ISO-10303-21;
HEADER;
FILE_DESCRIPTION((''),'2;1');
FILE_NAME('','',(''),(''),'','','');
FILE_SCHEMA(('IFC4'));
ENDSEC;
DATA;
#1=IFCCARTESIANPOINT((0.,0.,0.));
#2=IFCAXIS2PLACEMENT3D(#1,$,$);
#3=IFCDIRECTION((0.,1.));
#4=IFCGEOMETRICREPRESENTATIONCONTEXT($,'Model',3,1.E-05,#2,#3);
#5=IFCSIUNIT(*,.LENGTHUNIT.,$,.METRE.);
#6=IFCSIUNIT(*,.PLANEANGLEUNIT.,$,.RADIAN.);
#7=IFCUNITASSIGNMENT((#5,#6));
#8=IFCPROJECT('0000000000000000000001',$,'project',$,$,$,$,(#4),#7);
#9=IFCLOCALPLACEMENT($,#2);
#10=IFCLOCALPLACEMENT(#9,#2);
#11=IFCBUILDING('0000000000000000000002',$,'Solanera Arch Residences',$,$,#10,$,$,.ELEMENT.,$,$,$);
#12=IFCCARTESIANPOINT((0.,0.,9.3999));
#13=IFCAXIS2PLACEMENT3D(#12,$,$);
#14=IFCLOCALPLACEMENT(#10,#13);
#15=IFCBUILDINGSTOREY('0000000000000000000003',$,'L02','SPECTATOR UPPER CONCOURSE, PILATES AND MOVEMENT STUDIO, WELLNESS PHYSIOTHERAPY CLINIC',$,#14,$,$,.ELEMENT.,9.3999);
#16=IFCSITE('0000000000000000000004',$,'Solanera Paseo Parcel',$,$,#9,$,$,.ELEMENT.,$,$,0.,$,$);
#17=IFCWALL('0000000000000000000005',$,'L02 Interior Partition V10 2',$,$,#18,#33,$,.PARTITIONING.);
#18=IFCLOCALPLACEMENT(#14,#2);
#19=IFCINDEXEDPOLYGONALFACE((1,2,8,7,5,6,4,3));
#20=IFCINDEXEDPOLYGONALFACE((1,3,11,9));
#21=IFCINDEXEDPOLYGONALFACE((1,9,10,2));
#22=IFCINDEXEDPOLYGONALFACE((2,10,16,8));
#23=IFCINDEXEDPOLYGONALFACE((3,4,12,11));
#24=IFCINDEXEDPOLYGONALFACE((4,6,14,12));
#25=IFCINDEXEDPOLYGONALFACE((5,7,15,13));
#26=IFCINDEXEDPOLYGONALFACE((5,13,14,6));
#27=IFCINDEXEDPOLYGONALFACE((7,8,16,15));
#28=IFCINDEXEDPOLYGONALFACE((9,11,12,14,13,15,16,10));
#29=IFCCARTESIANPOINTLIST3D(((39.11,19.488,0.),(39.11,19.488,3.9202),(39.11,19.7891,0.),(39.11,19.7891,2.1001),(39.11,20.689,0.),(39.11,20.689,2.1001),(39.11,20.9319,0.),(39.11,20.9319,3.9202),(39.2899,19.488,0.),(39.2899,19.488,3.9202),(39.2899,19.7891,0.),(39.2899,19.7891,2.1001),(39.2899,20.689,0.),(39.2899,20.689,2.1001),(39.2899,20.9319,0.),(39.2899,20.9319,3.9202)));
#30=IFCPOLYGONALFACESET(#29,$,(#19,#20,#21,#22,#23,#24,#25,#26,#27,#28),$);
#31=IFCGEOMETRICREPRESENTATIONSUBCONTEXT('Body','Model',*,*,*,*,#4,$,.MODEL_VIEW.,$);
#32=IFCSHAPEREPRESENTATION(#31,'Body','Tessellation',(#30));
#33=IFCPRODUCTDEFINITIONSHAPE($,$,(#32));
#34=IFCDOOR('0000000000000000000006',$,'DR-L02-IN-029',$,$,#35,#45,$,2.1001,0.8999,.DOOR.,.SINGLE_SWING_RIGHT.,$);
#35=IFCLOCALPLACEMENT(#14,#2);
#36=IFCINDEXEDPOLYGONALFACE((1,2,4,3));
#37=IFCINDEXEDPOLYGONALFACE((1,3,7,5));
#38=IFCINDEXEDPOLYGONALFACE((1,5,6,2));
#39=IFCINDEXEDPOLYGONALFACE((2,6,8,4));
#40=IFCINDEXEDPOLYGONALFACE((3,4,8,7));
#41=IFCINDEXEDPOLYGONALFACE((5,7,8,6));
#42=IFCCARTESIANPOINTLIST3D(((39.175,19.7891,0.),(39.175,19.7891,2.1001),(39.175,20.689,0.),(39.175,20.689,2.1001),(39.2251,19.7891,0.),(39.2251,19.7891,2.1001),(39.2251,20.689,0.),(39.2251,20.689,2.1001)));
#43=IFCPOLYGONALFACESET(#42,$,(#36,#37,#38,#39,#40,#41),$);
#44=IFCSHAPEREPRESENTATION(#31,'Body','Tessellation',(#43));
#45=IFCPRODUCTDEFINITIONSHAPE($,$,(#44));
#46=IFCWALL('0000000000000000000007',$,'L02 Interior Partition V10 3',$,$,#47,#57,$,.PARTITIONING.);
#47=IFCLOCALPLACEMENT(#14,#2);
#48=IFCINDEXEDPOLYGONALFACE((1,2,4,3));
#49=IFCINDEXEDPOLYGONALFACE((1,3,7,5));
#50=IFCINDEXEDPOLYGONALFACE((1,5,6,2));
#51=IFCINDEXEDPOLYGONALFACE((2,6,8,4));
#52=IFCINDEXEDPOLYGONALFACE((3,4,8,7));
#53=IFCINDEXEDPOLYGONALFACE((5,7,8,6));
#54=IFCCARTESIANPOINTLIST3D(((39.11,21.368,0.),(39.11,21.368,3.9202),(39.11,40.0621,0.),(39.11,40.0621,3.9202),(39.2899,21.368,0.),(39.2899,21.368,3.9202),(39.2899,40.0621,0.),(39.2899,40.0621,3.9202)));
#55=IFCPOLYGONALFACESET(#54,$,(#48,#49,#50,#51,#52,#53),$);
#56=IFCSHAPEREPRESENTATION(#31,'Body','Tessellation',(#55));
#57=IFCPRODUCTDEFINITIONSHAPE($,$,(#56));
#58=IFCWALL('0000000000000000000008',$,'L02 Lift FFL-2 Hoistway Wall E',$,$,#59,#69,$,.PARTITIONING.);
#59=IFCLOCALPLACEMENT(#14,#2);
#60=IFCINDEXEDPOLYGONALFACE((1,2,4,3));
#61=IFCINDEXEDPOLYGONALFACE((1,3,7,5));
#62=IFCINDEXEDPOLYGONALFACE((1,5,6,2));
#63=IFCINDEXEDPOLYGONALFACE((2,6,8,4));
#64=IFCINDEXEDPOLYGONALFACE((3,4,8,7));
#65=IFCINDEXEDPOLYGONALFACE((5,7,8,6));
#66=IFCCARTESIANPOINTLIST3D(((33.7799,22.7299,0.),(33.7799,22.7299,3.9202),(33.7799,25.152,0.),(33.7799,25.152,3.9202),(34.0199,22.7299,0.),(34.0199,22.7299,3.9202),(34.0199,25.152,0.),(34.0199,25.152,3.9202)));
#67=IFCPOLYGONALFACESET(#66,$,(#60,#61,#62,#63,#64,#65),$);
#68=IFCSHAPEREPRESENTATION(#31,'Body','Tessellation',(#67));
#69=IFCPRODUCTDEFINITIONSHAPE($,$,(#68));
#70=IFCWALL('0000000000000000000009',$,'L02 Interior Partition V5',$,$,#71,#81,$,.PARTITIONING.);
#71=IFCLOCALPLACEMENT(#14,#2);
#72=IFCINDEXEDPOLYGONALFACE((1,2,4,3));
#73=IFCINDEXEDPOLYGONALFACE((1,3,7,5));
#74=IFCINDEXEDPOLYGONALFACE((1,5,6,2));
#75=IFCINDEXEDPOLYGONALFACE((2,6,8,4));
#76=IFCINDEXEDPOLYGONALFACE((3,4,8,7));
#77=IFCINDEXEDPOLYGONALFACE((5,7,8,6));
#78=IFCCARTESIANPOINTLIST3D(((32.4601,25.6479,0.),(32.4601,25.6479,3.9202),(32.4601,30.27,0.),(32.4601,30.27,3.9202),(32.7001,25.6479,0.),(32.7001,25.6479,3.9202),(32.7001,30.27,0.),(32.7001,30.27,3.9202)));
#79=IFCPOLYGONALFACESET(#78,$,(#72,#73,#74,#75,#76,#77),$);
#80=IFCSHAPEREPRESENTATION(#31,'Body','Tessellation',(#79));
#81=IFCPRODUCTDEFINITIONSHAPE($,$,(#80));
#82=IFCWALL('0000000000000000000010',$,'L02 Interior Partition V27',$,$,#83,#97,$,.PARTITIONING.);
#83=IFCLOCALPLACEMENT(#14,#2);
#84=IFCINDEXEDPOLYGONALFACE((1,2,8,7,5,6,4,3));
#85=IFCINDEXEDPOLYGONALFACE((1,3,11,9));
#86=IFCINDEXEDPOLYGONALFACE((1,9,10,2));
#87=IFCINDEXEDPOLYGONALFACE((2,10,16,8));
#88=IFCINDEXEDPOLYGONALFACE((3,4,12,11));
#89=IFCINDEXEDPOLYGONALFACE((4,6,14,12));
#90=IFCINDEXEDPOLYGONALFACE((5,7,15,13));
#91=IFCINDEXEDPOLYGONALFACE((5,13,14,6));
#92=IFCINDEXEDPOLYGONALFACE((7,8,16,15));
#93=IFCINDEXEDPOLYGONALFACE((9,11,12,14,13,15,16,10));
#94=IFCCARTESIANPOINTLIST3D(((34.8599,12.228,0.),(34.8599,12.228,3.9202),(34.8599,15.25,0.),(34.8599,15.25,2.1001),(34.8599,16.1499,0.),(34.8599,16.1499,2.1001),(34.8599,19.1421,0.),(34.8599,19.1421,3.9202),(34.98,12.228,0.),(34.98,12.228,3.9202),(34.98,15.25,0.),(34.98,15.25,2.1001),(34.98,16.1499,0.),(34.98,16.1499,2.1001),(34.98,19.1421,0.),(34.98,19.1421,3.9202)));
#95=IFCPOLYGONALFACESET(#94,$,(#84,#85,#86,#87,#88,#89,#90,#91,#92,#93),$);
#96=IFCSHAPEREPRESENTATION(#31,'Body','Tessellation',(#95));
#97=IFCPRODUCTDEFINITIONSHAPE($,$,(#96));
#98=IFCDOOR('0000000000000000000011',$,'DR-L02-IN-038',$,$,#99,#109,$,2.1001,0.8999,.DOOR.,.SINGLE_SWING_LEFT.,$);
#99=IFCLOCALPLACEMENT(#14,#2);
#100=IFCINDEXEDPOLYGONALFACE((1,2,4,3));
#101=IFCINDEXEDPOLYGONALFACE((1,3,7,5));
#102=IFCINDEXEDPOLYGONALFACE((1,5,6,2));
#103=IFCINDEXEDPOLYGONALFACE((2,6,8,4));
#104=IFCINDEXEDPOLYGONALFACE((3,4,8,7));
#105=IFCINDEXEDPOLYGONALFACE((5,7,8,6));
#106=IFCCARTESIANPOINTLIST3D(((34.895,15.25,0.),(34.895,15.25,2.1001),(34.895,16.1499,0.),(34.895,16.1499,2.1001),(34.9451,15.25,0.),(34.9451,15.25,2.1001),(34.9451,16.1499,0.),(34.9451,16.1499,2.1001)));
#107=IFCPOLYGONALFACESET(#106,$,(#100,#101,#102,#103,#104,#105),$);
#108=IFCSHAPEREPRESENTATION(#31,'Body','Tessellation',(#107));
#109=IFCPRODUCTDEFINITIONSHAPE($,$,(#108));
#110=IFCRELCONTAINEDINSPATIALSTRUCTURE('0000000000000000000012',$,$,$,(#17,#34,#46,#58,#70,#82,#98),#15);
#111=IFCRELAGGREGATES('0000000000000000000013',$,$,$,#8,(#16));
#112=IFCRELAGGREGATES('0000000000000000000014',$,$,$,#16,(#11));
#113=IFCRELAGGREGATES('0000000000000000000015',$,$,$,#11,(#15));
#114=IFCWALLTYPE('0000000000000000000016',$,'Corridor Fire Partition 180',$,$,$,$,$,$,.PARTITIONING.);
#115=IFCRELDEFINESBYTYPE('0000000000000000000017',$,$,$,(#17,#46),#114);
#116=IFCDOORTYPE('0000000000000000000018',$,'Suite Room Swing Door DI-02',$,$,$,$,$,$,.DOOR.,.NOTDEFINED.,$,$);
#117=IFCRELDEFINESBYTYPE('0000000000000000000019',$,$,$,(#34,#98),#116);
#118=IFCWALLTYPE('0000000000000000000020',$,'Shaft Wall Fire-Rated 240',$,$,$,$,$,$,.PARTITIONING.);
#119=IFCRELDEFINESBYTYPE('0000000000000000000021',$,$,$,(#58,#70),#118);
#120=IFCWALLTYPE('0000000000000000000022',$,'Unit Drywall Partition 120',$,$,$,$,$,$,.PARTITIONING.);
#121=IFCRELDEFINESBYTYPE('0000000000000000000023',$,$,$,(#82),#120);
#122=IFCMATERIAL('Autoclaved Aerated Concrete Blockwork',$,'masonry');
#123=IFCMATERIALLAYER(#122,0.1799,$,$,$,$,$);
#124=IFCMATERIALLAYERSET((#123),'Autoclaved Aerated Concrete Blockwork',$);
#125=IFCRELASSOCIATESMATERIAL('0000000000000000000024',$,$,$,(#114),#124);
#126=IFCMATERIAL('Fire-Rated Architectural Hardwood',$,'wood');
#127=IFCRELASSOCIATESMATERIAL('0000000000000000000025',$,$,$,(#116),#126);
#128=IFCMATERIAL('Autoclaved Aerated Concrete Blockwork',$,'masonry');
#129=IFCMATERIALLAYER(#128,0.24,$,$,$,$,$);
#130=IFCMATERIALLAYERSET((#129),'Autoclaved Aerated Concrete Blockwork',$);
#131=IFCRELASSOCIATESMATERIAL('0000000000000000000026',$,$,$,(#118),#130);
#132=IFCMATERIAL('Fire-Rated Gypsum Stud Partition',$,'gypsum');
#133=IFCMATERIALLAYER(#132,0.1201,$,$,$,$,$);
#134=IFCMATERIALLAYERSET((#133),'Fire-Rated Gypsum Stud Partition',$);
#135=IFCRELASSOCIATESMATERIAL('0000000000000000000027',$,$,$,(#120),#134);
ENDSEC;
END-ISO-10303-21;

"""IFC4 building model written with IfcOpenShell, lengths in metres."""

from ifc_helpers import new_model, si_unit, direction, frame, frame_2d, origin, place, context, subcontext, project, spatial, rectangle, extrude, material, layer, layer_set, type_object, element, fill, save


model = new_model("IFC4")

# Units and contexts
model_context = context("Model", 3, precision=1e-05, world=origin(), true_north=direction((0.0, 1.0)))
body_context = subcontext(model_context, "Body", "Model", "MODEL_VIEW")
ifc_project = project(units=[si_unit("LENGTHUNIT", "METRE"), si_unit("PLANEANGLEUNIT", "RADIAN")], contexts=[model_context])

# Site, building, storey
site_placement = place(None, origin())
site = spatial("IfcSite", under=ifc_project, at=site_placement, Name="Solanera Paseo Parcel", CompositionType="ELEMENT", RefElevation=0.0)
building_placement = place(site_placement, origin())
building = spatial("IfcBuilding", under=site, at=building_placement, Name="Solanera Arch Residences", CompositionType="ELEMENT")
storey_placement = place(building_placement, frame((0.0, 0.0, 9.3999)))
storey = spatial("IfcBuildingStorey", under=building, at=storey_placement, Name="L02", Description="SPECTATOR UPPER CONCOURSE, PILATES AND MOVEMENT STUDIO, WELLNESS PHYSIOTHERAPY CLINIC", CompositionType="ELEMENT", Elevation=9.3999)

# Shared definitions
ifc_material_1 = material(Name="Autoclaved Aerated Concrete Blockwork", Category="masonry")
ifc_layer_1 = layer(ifc_material_1, 0.1799)
ifc_layer_set_1 = layer_set([ifc_layer_1], Name="Autoclaved Aerated Concrete Blockwork")
wall_type_1 = type_object("IfcWallType", Name="Corridor Fire Partition 180", PredefinedType="PARTITIONING", material=ifc_layer_set_1)

# Wall, opening, door
wall_1_placement = place(storey_placement, frame((39.2, 19.488, 0.0), z_axis=(0.0, 0.0, 1.0), x_axis=(0.0, 1.0, 0.0)))
wall_1 = element("IfcWall", 1, at=wall_1_placement, inside=storey, type_object=wall_type_1, Name="L02 Interior Partition V10 2", PredefinedType="PARTITIONING", context=body_context, shape_type="SweptSolid", body=[
    extrude(rectangle(XDim=1.4438, YDim=0.1799, at=frame_2d((0.7219, 0.0))), origin(), (0.0, 0.0, 1.0), 3.9202),
])
opening_1_placement = place(wall_1_placement, frame((0.301, 0.0, 0.0)))
opening_1 = element("IfcOpeningElement", 2, at=opening_1_placement, cuts=wall_1, PredefinedType="OPENING", context=body_context, shape_type="SweptSolid", body=[
    extrude(rectangle(XDim=0.8999, YDim=2.1001, at=frame_2d((0.45, 1.05))), frame((0.0, 0.1001, 0.0), z_axis=(0.0, -1.0, 0.0), x_axis=(1.0, 0.0, 0.0)), (0.0, 0.0, 1.0), 0.1999),
])
ifc_material_2 = material(Name="Fire-Rated Architectural Hardwood", Category="wood")
door_type = type_object("IfcDoorType", Name="Suite Room Swing Door DI-02", OperationType="NOTDEFINED", PredefinedType="DOOR", material=ifc_material_2)
door_1_placement = place(opening_1_placement, origin())
door_1 = element("IfcDoor", 3, at=door_1_placement, inside=storey, type_object=door_type, Name="DR-L02-IN-029", OperationType="SINGLE_SWING_RIGHT", OverallHeight=2.1001, OverallWidth=0.8999, PredefinedType="DOOR", context=body_context, shape_type="SweptSolid", body=[
    extrude(rectangle(XDim=0.8999, YDim=2.1001, at=frame_2d((0.45, 1.05))), frame((0.0, 0.0249, 0.0), z_axis=(0.0, -1.0, 0.0), x_axis=(1.0, 0.0, 0.0)), (0.0, 0.0, 1.0), 0.05),
])
fill(opening_1, door_1)

# Walls
wall_2_placement = place(storey_placement, frame((39.2, 21.3679, 0.0), z_axis=(0.0, 0.0, 1.0), x_axis=(0.0, 1.0, 0.0)))
element("IfcWall", 4, at=wall_2_placement, inside=storey, type_object=wall_type_1, Name="L02 Interior Partition V10 3", PredefinedType="PARTITIONING", context=body_context, shape_type="SweptSolid", body=[
    extrude(rectangle(XDim=18.6941, YDim=0.1799, at=frame_2d((9.3472, 0.0))), origin(), (0.0, 0.0, 1.0), 3.9202),
])
ifc_material_3 = material(Name="Autoclaved Aerated Concrete Blockwork", Category="masonry")
ifc_layer_2 = layer(ifc_material_3, 0.24)
ifc_layer_set_2 = layer_set([ifc_layer_2], Name="Autoclaved Aerated Concrete Blockwork")
wall_type_2 = type_object("IfcWallType", Name="Shaft Wall Fire-Rated 240", PredefinedType="PARTITIONING", material=ifc_layer_set_2)
wall_3_placement = place(storey_placement, frame((33.8999, 22.73, 0.0), z_axis=(0.0, 0.0, 1.0), x_axis=(0.0, 1.0, 0.0)))
element("IfcWall", 5, at=wall_3_placement, inside=storey, type_object=wall_type_2, Name="L02 Lift FFL-2 Hoistway Wall E", PredefinedType="PARTITIONING", context=body_context, shape_type="SweptSolid", body=[
    extrude(rectangle(XDim=2.4221, YDim=0.24, at=frame_2d((1.2109, 0.0))), origin(), (0.0, 0.0, 1.0), 3.9202),
])
wall_4_placement = place(storey_placement, frame((32.5801, 25.6479, 0.0), z_axis=(0.0, 0.0, 1.0), x_axis=(0.0, 1.0, 0.0)))
element("IfcWall", 6, at=wall_4_placement, inside=storey, type_object=wall_type_2, Name="L02 Interior Partition V5", PredefinedType="PARTITIONING", context=body_context, shape_type="SweptSolid", body=[
    extrude(rectangle(XDim=4.6221, YDim=0.24, at=frame_2d((2.311, 0.0))), origin(), (0.0, 0.0, 1.0), 3.9202),
])

# Wall, opening, door
ifc_material_4 = material(Name="Fire-Rated Gypsum Stud Partition", Category="gypsum")
ifc_layer_3 = layer(ifc_material_4, 0.1201)
ifc_layer_set_3 = layer_set([ifc_layer_3], Name="Fire-Rated Gypsum Stud Partition")
wall_type_3 = type_object("IfcWallType", Name="Unit Drywall Partition 120", PredefinedType="PARTITIONING", material=ifc_layer_set_3)
wall_5_placement = place(storey_placement, frame((34.9199, 12.228, 0.0), z_axis=(0.0, 0.0, 1.0), x_axis=(0.0, 1.0, 0.0)))
wall_5 = element("IfcWall", 7, at=wall_5_placement, inside=storey, type_object=wall_type_3, Name="L02 Interior Partition V27", PredefinedType="PARTITIONING", context=body_context, shape_type="SweptSolid", body=[
    extrude(rectangle(XDim=6.9141, YDim=0.1201, at=frame_2d((3.457, 0.0))), origin(), (0.0, 0.0, 1.0), 3.9202),
])
opening_2_placement = place(wall_5_placement, frame((3.022, 0.0, 0.0)))
opening_2 = element("IfcOpeningElement", 8, at=opening_2_placement, cuts=wall_5, PredefinedType="OPENING", context=body_context, shape_type="SweptSolid", body=[
    extrude(rectangle(XDim=0.8999, YDim=2.1001, at=frame_2d((0.45, 1.05))), frame((0.0, 0.0701, 0.0), z_axis=(0.0, -1.0, 0.0), x_axis=(1.0, 0.0, 0.0)), (0.0, 0.0, 1.0), 0.1401),
])
door_2_placement = place(opening_2_placement, origin())
door_2 = element("IfcDoor", 9, at=door_2_placement, inside=storey, type_object=door_type, Name="DR-L02-IN-038", OperationType="SINGLE_SWING_LEFT", OverallHeight=2.1001, OverallWidth=0.8999, PredefinedType="DOOR", context=body_context, shape_type="SweptSolid", body=[
    extrude(rectangle(XDim=0.8999, YDim=2.1001, at=frame_2d((0.45, 1.05))), frame((0.0, 0.0249, 0.0), z_axis=(0.0, -1.0, 0.0), x_axis=(1.0, 0.0, 0.0)), (0.0, 0.0, 1.0), 0.05),
])
fill(opening_2, door_2)

save(model, "model.ifc")
